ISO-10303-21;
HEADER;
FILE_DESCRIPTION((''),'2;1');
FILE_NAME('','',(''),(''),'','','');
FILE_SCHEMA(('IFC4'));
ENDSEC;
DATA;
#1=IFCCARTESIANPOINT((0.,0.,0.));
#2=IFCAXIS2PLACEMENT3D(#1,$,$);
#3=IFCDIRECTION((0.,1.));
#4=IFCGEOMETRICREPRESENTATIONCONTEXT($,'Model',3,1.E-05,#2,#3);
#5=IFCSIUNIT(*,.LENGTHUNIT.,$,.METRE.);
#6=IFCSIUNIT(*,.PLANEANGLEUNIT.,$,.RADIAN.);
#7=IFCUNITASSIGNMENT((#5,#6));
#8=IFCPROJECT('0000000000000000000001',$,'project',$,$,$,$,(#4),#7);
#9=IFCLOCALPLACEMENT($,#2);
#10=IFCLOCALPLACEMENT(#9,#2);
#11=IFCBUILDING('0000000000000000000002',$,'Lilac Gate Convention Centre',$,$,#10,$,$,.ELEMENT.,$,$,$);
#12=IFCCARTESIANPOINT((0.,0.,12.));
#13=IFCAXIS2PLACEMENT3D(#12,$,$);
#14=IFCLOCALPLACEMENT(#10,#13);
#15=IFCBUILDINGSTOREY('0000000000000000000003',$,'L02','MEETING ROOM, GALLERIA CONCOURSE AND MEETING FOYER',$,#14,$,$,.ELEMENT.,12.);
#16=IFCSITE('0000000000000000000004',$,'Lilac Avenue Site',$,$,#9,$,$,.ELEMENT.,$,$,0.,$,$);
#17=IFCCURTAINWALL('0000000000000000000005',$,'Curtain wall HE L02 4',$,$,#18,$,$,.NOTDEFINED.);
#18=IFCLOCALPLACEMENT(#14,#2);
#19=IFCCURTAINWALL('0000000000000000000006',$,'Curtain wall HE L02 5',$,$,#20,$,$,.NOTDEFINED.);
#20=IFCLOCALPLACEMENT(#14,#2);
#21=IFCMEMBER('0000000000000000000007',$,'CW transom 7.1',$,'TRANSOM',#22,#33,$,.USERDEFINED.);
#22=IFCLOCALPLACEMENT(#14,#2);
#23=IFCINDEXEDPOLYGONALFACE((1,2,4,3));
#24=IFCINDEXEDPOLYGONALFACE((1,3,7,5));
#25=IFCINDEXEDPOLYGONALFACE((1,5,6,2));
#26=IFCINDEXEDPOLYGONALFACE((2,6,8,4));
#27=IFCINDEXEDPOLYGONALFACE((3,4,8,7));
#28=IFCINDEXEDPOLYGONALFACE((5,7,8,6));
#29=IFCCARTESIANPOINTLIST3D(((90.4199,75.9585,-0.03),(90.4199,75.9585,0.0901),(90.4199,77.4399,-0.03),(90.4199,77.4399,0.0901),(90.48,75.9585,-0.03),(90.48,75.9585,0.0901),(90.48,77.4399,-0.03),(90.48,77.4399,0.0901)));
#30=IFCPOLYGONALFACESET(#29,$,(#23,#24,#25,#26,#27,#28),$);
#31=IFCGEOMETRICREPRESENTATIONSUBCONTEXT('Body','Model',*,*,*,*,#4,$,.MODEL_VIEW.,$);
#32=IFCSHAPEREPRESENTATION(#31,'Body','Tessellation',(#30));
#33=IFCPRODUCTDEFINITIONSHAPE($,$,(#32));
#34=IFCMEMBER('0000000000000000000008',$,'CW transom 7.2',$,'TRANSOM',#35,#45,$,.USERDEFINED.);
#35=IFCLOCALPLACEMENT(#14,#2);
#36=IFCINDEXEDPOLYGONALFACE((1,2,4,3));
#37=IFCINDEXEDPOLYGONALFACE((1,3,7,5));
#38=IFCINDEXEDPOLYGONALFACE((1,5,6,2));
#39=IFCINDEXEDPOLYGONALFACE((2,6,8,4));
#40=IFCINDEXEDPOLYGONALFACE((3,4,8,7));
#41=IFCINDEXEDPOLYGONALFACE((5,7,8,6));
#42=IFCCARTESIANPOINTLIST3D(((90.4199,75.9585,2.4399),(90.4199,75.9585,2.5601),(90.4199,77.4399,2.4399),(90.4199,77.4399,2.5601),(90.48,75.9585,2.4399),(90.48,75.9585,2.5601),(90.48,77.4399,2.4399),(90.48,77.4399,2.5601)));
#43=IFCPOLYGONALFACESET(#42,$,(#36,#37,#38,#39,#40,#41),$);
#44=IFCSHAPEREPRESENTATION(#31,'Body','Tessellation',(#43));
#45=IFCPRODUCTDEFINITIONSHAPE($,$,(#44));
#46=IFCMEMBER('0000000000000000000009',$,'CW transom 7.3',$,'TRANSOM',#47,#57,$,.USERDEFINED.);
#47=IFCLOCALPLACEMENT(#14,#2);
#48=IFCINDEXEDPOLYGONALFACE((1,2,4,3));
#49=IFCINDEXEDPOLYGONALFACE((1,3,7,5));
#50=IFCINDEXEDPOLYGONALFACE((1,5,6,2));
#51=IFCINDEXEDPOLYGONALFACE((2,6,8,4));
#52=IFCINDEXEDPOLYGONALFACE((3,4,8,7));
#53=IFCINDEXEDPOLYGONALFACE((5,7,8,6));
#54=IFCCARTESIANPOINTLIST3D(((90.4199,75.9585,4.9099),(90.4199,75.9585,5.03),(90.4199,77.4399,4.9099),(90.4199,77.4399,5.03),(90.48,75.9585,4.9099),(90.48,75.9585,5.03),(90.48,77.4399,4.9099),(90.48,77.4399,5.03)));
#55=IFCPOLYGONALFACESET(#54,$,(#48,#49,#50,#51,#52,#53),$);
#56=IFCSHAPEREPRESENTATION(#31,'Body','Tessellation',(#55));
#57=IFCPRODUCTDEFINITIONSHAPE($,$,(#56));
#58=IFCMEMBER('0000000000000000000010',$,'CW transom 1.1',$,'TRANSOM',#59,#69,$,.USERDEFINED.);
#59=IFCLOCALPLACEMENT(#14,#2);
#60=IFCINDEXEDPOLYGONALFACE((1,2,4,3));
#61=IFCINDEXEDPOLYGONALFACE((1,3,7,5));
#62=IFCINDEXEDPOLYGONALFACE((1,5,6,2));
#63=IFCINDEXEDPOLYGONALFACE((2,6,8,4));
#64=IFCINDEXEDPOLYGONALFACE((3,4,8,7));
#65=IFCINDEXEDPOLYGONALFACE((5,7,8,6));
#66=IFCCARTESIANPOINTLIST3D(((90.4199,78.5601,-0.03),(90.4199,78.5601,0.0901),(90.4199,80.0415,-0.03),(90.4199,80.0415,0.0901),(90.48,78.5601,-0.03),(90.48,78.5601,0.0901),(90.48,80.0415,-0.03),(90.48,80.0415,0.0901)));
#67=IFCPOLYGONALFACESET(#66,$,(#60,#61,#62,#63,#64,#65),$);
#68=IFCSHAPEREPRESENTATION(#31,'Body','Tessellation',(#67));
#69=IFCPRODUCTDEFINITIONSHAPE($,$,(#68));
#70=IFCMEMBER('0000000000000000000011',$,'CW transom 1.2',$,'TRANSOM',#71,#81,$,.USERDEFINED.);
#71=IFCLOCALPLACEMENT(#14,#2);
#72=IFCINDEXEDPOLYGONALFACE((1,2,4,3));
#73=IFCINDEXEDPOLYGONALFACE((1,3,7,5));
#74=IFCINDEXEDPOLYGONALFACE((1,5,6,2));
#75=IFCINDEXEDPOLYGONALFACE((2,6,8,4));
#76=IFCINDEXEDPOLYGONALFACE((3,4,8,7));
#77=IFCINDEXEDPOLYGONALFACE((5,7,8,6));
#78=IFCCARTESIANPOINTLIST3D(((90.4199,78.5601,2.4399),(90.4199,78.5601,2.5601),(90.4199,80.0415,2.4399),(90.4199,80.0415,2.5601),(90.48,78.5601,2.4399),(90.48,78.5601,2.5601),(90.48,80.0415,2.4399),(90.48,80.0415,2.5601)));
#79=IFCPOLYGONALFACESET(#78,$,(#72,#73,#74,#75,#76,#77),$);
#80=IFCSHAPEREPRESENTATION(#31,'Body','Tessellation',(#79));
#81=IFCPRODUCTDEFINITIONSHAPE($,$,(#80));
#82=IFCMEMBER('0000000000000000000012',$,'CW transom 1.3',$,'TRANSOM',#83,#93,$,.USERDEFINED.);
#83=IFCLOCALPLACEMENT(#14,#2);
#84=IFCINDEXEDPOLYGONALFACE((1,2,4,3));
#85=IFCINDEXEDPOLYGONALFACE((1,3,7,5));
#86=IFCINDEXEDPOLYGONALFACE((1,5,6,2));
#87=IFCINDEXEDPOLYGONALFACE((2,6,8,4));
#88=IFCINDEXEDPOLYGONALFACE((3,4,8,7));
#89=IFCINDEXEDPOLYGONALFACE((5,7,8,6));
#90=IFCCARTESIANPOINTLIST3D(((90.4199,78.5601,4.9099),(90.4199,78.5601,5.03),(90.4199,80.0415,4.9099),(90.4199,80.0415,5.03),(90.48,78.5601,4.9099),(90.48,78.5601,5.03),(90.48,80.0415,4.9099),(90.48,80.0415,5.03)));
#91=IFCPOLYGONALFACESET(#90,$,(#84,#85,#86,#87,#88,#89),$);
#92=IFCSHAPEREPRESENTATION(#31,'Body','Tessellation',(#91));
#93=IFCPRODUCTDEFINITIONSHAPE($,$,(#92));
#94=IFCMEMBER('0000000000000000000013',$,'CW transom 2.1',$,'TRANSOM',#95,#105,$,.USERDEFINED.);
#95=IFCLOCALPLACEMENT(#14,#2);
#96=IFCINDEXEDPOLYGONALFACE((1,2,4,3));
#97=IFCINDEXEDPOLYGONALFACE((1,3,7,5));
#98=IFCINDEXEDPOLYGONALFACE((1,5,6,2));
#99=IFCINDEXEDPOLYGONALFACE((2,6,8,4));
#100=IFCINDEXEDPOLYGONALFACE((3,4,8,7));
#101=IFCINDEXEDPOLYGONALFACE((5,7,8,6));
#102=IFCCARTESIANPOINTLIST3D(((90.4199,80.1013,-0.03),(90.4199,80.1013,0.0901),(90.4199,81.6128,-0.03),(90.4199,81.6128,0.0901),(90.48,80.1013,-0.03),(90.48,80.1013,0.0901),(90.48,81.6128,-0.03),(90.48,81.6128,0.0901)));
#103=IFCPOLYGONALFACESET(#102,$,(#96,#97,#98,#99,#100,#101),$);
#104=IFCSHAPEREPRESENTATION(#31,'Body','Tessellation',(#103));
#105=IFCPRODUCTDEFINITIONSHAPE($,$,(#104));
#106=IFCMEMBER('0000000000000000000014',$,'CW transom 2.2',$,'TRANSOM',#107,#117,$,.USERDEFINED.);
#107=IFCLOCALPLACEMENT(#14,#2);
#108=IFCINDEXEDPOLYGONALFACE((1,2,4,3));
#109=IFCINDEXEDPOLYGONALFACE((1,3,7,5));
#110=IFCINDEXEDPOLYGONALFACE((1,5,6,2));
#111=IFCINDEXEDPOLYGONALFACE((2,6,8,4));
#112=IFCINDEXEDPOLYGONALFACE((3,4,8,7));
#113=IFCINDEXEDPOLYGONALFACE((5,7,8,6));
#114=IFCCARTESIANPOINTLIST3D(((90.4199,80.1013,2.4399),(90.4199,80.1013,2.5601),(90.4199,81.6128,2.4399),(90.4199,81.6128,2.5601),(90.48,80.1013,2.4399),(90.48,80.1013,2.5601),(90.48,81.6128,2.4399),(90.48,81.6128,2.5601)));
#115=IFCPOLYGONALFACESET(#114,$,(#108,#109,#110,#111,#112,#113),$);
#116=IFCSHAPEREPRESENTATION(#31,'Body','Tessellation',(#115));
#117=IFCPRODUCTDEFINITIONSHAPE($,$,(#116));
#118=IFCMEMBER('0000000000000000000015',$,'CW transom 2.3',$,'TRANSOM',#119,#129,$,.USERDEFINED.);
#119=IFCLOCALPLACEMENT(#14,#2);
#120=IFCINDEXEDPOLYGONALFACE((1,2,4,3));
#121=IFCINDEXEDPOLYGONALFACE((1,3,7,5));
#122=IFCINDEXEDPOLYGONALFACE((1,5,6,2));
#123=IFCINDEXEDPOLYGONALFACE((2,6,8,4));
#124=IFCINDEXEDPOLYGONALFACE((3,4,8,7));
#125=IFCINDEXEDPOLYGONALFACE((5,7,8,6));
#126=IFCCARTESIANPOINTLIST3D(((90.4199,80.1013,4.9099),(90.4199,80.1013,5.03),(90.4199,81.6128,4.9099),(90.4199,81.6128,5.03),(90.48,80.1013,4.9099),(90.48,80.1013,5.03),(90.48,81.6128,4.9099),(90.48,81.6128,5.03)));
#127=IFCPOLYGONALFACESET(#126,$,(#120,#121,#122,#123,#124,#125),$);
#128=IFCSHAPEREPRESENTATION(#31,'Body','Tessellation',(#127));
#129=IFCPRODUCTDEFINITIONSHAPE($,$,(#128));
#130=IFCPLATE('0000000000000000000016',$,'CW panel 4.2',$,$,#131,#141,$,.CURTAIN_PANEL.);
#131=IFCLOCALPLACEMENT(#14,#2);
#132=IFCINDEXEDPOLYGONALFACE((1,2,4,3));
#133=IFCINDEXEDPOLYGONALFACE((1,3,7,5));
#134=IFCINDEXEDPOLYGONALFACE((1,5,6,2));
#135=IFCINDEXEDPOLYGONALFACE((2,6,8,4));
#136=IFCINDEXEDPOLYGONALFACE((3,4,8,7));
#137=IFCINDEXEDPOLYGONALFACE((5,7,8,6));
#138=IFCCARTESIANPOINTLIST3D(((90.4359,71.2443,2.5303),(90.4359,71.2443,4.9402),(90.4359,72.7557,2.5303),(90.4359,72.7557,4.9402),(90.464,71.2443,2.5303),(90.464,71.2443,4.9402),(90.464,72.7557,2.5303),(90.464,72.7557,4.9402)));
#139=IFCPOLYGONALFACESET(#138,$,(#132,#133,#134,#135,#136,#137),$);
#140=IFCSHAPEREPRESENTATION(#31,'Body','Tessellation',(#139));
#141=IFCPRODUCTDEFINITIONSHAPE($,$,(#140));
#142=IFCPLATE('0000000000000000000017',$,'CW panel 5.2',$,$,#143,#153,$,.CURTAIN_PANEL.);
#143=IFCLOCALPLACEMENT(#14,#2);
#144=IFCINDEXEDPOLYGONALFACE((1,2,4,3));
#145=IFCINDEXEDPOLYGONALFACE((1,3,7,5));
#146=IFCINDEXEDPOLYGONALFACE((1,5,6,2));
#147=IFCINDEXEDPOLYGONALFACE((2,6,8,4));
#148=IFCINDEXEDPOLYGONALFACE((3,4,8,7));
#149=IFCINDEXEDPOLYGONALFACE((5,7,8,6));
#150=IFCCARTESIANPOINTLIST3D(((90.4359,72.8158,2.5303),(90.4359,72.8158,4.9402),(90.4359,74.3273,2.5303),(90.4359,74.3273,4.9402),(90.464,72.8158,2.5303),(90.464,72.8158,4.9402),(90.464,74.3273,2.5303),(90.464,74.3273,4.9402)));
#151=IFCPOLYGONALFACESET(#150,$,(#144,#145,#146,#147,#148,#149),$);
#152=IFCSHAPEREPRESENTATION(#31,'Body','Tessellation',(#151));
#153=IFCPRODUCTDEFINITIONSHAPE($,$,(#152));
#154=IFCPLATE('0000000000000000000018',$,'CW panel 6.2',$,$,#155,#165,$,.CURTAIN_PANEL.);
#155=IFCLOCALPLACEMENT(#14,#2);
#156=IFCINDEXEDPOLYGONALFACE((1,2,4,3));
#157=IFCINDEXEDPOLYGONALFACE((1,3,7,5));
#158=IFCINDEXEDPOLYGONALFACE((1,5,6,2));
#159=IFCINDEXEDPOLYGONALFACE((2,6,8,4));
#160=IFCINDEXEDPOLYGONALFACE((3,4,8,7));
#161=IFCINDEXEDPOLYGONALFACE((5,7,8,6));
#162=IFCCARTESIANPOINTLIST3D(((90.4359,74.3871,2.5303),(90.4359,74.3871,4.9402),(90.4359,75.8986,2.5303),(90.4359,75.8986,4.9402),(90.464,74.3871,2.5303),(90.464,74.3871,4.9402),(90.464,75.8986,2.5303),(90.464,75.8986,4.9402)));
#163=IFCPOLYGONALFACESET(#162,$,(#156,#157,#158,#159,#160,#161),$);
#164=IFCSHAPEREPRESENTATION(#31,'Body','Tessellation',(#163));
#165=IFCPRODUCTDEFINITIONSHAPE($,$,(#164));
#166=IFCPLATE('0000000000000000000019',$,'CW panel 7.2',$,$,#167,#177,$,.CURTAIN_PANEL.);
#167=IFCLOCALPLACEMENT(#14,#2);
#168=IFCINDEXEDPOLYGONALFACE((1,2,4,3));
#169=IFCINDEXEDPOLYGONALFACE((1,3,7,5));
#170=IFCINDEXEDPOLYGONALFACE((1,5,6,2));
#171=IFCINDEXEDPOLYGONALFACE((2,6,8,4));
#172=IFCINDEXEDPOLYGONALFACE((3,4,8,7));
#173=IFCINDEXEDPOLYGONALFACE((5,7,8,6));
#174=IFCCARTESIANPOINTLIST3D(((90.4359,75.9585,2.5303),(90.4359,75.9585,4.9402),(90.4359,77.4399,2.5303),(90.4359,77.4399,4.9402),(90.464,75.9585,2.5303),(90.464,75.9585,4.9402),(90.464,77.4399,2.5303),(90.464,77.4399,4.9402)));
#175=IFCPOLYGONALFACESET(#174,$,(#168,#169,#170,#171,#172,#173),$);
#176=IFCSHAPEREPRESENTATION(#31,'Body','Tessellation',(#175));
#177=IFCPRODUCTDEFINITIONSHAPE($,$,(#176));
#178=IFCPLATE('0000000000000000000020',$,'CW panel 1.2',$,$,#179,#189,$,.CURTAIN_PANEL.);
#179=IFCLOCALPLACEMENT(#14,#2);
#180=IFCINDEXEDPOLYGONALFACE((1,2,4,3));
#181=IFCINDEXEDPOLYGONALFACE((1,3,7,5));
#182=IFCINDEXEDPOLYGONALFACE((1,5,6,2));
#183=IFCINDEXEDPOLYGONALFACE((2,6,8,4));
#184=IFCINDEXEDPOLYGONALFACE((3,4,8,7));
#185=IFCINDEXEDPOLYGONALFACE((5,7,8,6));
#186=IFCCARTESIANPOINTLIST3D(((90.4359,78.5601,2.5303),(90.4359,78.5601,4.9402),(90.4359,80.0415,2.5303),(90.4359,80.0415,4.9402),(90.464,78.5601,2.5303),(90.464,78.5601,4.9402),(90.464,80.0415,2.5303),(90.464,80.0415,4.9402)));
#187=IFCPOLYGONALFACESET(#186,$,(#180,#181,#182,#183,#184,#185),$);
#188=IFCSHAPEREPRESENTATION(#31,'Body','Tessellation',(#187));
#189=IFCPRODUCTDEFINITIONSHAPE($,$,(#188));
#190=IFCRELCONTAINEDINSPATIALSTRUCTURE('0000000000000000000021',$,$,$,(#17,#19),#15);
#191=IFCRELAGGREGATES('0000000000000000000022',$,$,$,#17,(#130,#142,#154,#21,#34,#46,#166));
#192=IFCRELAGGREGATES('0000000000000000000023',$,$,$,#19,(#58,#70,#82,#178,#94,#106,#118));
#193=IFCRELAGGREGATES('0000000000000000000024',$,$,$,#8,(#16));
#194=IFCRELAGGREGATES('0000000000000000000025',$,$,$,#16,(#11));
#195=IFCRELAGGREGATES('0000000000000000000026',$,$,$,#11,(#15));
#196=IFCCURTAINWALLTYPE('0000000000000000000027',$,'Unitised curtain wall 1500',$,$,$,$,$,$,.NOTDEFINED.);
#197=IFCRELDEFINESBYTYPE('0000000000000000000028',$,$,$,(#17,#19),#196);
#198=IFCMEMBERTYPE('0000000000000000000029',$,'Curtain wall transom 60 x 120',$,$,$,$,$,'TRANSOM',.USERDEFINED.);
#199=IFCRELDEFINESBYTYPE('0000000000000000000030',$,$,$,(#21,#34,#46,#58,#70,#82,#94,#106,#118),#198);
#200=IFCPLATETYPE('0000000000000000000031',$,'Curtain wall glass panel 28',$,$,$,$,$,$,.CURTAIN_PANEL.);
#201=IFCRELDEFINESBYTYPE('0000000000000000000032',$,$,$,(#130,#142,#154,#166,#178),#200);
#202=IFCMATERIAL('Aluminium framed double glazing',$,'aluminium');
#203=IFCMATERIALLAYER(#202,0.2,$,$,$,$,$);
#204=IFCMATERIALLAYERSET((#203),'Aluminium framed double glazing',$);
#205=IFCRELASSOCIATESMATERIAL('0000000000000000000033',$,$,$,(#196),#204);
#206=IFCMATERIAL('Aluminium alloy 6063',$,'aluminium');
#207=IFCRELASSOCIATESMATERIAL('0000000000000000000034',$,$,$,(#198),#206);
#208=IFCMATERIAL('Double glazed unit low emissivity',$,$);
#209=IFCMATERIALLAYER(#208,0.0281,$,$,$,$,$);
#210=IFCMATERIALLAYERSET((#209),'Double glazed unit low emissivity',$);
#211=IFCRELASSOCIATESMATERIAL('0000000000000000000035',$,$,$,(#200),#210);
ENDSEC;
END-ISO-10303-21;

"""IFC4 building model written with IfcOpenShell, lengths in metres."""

from ifc_helpers import new_model, si_unit, direction, frame, origin, origin_2d, place, context, subcontext, project, spatial, rectangle, extrude, material, layer, layer_set, material_profile, profile_set, type_object, element, aggregate, save


model = new_model("IFC4")

# Units and contexts
model_context = context("Model", 3, precision=1e-05, world=origin(), true_north=direction((0.0, 1.0)))
body_context = subcontext(model_context, "Body", "Model", "MODEL_VIEW")
ifc_project = project(units=[si_unit("LENGTHUNIT", "METRE"), si_unit("PLANEANGLEUNIT", "RADIAN")], contexts=[model_context])

# Site, building, storey
site_placement = place(None, origin())
site = spatial("IfcSite", under=ifc_project, at=site_placement, Name="Lilac Avenue Site", CompositionType="ELEMENT", RefElevation=0.0)
building_placement = place(site_placement, origin())
building = spatial("IfcBuilding", under=site, at=building_placement, Name="Lilac Gate Convention Centre", CompositionType="ELEMENT")
storey_placement = place(building_placement, frame((0.0, 0.0, 12.0)))
storey = spatial("IfcBuildingStorey", under=building, at=storey_placement, Name="L02", Description="MEETING ROOM, GALLERIA CONCOURSE AND MEETING FOYER", CompositionType="ELEMENT", Elevation=12.0)

# Curtain walls
ifc_material_1 = material(Name="Aluminium framed double glazing", Category="aluminium")
ifc_layer_1 = layer(ifc_material_1, 0.2)
ifc_layer_set_1 = layer_set([ifc_layer_1], Name="Aluminium framed double glazing")
curtain_wall_type = type_object("IfcCurtainWallType", Name="Unitised curtain wall 1500", PredefinedType="NOTDEFINED", material=ifc_layer_set_1)
curtain_wall_1_placement = place(storey_placement, origin())
curtain_wall_1 = element("IfcCurtainWall", 1, at=curtain_wall_1_placement, inside=storey, type_object=curtain_wall_type, Name="Curtain wall HE L02 4", PredefinedType="NOTDEFINED")
ifc_material_2 = material(Name="Aluminium alloy 6063", Category="aluminium")
curtain_wall_2_placement = place(storey_placement, origin())
curtain_wall_2 = element("IfcCurtainWall", 2, at=curtain_wall_2_placement, inside=storey, type_object=curtain_wall_type, Name="Curtain wall HE L02 5", PredefinedType="NOTDEFINED")

# Members
ifc_material_profile_1 = material_profile(ifc_material_2, rectangle(XDim=0.0601, YDim=0.1201, at=origin_2d()), Name="Curtain wall transom 60 x 120")
ifc_profile_set_1 = profile_set([ifc_material_profile_1], Name="Aluminium alloy 6063")
member_type_1 = type_object("IfcMemberType", Name="Curtain wall transom 60 x 120", ElementType="TRANSOM", PredefinedType="USERDEFINED", material=ifc_profile_set_1)
member_1_placement = place(storey_placement, frame((90.45, 75.9585, 0.03), z_axis=(0.0, 1.0, 0.0), x_axis=(-1.0, 0.0, 0.0)))
member_1 = element("IfcMember", 3, at=member_1_placement, type_object=member_type_1, Name="CW transom 7.1", ObjectType="TRANSOM", PredefinedType="USERDEFINED", context=body_context, shape_type="SweptSolid", body=[
    extrude(rectangle(XDim=0.0601, YDim=0.1201, at=origin_2d()), origin(), (0.0, 0.0, 1.0), 1.4814),
])
member_2_placement = place(storey_placement, frame((90.45, 75.9585, 2.5), z_axis=(0.0, 1.0, 0.0), x_axis=(-1.0, 0.0, 0.0)))
member_2 = element("IfcMember", 4, at=member_2_placement, type_object=member_type_1, Name="CW transom 7.2", ObjectType="TRANSOM", PredefinedType="USERDEFINED", context=body_context, shape_type="SweptSolid", body=[
    extrude(rectangle(XDim=0.0601, YDim=0.1201, at=origin_2d()), origin(), (0.0, 0.0, 1.0), 1.4814),
])
member_3_placement = place(storey_placement, frame((90.45, 75.9585, 4.97), z_axis=(0.0, 1.0, 0.0), x_axis=(-1.0, 0.0, 0.0)))
member_3 = element("IfcMember", 5, at=member_3_placement, type_object=member_type_1, Name="CW transom 7.3", ObjectType="TRANSOM", PredefinedType="USERDEFINED", context=body_context, shape_type="SweptSolid", body=[
    extrude(rectangle(XDim=0.0601, YDim=0.1201, at=origin_2d()), origin(), (0.0, 0.0, 1.0), 1.4814),
])
member_4_placement = place(storey_placement, frame((90.45, 78.5601, 0.03), z_axis=(0.0, 1.0, 0.0), x_axis=(-1.0, 0.0, 0.0)))
member_4 = element("IfcMember", 6, at=member_4_placement, type_object=member_type_1, Name="CW transom 1.1", ObjectType="TRANSOM", PredefinedType="USERDEFINED", context=body_context, shape_type="SweptSolid", body=[
    extrude(rectangle(XDim=0.0601, YDim=0.1201, at=origin_2d()), origin(), (0.0, 0.0, 1.0), 1.4814),
])
member_5_placement = place(storey_placement, frame((90.45, 78.5601, 2.5), z_axis=(0.0, 1.0, 0.0), x_axis=(-1.0, 0.0, 0.0)))
member_5 = element("IfcMember", 7, at=member_5_placement, type_object=member_type_1, Name="CW transom 1.2", ObjectType="TRANSOM", PredefinedType="USERDEFINED", context=body_context, shape_type="SweptSolid", body=[
    extrude(rectangle(XDim=0.0601, YDim=0.1201, at=origin_2d()), origin(), (0.0, 0.0, 1.0), 1.4814),
])
member_6_placement = place(storey_placement, frame((90.45, 78.5601, 4.97), z_axis=(0.0, 1.0, 0.0), x_axis=(-1.0, 0.0, 0.0)))
member_6 = element("IfcMember", 8, at=member_6_placement, type_object=member_type_1, Name="CW transom 1.3", ObjectType="TRANSOM", PredefinedType="USERDEFINED", context=body_context, shape_type="SweptSolid", body=[
    extrude(rectangle(XDim=0.0601, YDim=0.1201, at=origin_2d()), origin(), (0.0, 0.0, 1.0), 1.4814),
])
member_7_placement = place(storey_placement, frame((90.45, 80.1013, 0.03), z_axis=(0.0, 1.0, 0.0), x_axis=(-1.0, 0.0, 0.0)))
member_7 = element("IfcMember", 9, at=member_7_placement, type_object=member_type_1, Name="CW transom 2.1", ObjectType="TRANSOM", PredefinedType="USERDEFINED", context=body_context, shape_type="SweptSolid", body=[
    extrude(rectangle(XDim=0.0601, YDim=0.1201, at=origin_2d()), origin(), (0.0, 0.0, 1.0), 1.5115),
])
member_8_placement = place(storey_placement, frame((90.45, 80.1013, 2.5), z_axis=(0.0, 1.0, 0.0), x_axis=(-1.0, 0.0, 0.0)))
member_8 = element("IfcMember", 10, at=member_8_placement, type_object=member_type_1, Name="CW transom 2.2", ObjectType="TRANSOM", PredefinedType="USERDEFINED", context=body_context, shape_type="SweptSolid", body=[
    extrude(rectangle(XDim=0.0601, YDim=0.1201, at=origin_2d()), origin(), (0.0, 0.0, 1.0), 1.5115),
])
member_9_placement = place(storey_placement, frame((90.45, 80.1013, 4.97), z_axis=(0.0, 1.0, 0.0), x_axis=(-1.0, 0.0, 0.0)))
member_9 = element("IfcMember", 11, at=member_9_placement, type_object=member_type_1, Name="CW transom 2.3", ObjectType="TRANSOM", PredefinedType="USERDEFINED", context=body_context, shape_type="SweptSolid", body=[
    extrude(rectangle(XDim=0.0601, YDim=0.1201, at=origin_2d()), origin(), (0.0, 0.0, 1.0), 1.5115),
])

# Plates
ifc_material_3 = material(Name="Double glazed unit low emissivity")
ifc_layer_2 = layer(ifc_material_3, 0.0281)
ifc_layer_set_2 = layer_set([ifc_layer_2], Name="Double glazed unit low emissivity")
plate_type_1 = type_object("IfcPlateType", Name="Curtain wall glass panel 28", PredefinedType="CURTAIN_PANEL", material=ifc_layer_set_2)
plate_1_placement = place(storey_placement, frame((90.45, 72.0, 2.5303), z_axis=(0.0, 0.0, 1.0), x_axis=(0.0, 1.0, 0.0)))
plate_1 = element("IfcPlate", 12, at=plate_1_placement, type_object=plate_type_1, Name="CW panel 4.2", PredefinedType="CURTAIN_PANEL", context=body_context, shape_type="SweptSolid", body=[
    extrude(rectangle(XDim=1.5115, YDim=0.0281, at=origin_2d()), origin(), (0.0, 0.0, 1.0), 2.4099),
])
plate_2_placement = place(storey_placement, frame((90.45, 73.5715, 2.5303), z_axis=(0.0, 0.0, 1.0), x_axis=(0.0, 1.0, 0.0)))
plate_2 = element("IfcPlate", 13, at=plate_2_placement, type_object=plate_type_1, Name="CW panel 5.2", PredefinedType="CURTAIN_PANEL", context=body_context, shape_type="SweptSolid", body=[
    extrude(rectangle(XDim=1.5115, YDim=0.0281, at=origin_2d()), origin(), (0.0, 0.0, 1.0), 2.4099),
])
plate_3_placement = place(storey_placement, frame((90.45, 75.1428, 2.5303), z_axis=(0.0, 0.0, 1.0), x_axis=(0.0, 1.0, 0.0)))
plate_3 = element("IfcPlate", 14, at=plate_3_placement, type_object=plate_type_1, Name="CW panel 6.2", PredefinedType="CURTAIN_PANEL", context=body_context, shape_type="SweptSolid", body=[
    extrude(rectangle(XDim=1.5115, YDim=0.0281, at=origin_2d()), origin(), (0.0, 0.0, 1.0), 2.4099),
])
plate_4_placement = place(storey_placement, frame((90.45, 76.6992, 2.5303), z_axis=(0.0, 0.0, 1.0), x_axis=(0.0, 1.0, 0.0)))
plate_4 = element("IfcPlate", 15, at=plate_4_placement, type_object=plate_type_1, Name="CW panel 7.2", PredefinedType="CURTAIN_PANEL", context=body_context, shape_type="SweptSolid", body=[
    extrude(rectangle(XDim=1.4814, YDim=0.0281, at=origin_2d()), origin(), (0.0, 0.0, 1.0), 2.4099),
])
plate_5_placement = place(storey_placement, frame((90.45, 79.3008, 2.5303), z_axis=(0.0, 0.0, 1.0), x_axis=(0.0, 1.0, 0.0)))
plate_5 = element("IfcPlate", 16, at=plate_5_placement, type_object=plate_type_1, Name="CW panel 1.2", PredefinedType="CURTAIN_PANEL", context=body_context, shape_type="SweptSolid", body=[
    extrude(rectangle(XDim=1.4814, YDim=0.0281, at=origin_2d()), origin(), (0.0, 0.0, 1.0), 2.4099),
])
aggregate(curtain_wall_1, [plate_1, plate_2, plate_3, member_1, member_2, member_3, plate_4])
aggregate(curtain_wall_2, [member_4, member_5, member_6, plate_5, member_7, member_8, member_9])

save(model, "model.ifc")
